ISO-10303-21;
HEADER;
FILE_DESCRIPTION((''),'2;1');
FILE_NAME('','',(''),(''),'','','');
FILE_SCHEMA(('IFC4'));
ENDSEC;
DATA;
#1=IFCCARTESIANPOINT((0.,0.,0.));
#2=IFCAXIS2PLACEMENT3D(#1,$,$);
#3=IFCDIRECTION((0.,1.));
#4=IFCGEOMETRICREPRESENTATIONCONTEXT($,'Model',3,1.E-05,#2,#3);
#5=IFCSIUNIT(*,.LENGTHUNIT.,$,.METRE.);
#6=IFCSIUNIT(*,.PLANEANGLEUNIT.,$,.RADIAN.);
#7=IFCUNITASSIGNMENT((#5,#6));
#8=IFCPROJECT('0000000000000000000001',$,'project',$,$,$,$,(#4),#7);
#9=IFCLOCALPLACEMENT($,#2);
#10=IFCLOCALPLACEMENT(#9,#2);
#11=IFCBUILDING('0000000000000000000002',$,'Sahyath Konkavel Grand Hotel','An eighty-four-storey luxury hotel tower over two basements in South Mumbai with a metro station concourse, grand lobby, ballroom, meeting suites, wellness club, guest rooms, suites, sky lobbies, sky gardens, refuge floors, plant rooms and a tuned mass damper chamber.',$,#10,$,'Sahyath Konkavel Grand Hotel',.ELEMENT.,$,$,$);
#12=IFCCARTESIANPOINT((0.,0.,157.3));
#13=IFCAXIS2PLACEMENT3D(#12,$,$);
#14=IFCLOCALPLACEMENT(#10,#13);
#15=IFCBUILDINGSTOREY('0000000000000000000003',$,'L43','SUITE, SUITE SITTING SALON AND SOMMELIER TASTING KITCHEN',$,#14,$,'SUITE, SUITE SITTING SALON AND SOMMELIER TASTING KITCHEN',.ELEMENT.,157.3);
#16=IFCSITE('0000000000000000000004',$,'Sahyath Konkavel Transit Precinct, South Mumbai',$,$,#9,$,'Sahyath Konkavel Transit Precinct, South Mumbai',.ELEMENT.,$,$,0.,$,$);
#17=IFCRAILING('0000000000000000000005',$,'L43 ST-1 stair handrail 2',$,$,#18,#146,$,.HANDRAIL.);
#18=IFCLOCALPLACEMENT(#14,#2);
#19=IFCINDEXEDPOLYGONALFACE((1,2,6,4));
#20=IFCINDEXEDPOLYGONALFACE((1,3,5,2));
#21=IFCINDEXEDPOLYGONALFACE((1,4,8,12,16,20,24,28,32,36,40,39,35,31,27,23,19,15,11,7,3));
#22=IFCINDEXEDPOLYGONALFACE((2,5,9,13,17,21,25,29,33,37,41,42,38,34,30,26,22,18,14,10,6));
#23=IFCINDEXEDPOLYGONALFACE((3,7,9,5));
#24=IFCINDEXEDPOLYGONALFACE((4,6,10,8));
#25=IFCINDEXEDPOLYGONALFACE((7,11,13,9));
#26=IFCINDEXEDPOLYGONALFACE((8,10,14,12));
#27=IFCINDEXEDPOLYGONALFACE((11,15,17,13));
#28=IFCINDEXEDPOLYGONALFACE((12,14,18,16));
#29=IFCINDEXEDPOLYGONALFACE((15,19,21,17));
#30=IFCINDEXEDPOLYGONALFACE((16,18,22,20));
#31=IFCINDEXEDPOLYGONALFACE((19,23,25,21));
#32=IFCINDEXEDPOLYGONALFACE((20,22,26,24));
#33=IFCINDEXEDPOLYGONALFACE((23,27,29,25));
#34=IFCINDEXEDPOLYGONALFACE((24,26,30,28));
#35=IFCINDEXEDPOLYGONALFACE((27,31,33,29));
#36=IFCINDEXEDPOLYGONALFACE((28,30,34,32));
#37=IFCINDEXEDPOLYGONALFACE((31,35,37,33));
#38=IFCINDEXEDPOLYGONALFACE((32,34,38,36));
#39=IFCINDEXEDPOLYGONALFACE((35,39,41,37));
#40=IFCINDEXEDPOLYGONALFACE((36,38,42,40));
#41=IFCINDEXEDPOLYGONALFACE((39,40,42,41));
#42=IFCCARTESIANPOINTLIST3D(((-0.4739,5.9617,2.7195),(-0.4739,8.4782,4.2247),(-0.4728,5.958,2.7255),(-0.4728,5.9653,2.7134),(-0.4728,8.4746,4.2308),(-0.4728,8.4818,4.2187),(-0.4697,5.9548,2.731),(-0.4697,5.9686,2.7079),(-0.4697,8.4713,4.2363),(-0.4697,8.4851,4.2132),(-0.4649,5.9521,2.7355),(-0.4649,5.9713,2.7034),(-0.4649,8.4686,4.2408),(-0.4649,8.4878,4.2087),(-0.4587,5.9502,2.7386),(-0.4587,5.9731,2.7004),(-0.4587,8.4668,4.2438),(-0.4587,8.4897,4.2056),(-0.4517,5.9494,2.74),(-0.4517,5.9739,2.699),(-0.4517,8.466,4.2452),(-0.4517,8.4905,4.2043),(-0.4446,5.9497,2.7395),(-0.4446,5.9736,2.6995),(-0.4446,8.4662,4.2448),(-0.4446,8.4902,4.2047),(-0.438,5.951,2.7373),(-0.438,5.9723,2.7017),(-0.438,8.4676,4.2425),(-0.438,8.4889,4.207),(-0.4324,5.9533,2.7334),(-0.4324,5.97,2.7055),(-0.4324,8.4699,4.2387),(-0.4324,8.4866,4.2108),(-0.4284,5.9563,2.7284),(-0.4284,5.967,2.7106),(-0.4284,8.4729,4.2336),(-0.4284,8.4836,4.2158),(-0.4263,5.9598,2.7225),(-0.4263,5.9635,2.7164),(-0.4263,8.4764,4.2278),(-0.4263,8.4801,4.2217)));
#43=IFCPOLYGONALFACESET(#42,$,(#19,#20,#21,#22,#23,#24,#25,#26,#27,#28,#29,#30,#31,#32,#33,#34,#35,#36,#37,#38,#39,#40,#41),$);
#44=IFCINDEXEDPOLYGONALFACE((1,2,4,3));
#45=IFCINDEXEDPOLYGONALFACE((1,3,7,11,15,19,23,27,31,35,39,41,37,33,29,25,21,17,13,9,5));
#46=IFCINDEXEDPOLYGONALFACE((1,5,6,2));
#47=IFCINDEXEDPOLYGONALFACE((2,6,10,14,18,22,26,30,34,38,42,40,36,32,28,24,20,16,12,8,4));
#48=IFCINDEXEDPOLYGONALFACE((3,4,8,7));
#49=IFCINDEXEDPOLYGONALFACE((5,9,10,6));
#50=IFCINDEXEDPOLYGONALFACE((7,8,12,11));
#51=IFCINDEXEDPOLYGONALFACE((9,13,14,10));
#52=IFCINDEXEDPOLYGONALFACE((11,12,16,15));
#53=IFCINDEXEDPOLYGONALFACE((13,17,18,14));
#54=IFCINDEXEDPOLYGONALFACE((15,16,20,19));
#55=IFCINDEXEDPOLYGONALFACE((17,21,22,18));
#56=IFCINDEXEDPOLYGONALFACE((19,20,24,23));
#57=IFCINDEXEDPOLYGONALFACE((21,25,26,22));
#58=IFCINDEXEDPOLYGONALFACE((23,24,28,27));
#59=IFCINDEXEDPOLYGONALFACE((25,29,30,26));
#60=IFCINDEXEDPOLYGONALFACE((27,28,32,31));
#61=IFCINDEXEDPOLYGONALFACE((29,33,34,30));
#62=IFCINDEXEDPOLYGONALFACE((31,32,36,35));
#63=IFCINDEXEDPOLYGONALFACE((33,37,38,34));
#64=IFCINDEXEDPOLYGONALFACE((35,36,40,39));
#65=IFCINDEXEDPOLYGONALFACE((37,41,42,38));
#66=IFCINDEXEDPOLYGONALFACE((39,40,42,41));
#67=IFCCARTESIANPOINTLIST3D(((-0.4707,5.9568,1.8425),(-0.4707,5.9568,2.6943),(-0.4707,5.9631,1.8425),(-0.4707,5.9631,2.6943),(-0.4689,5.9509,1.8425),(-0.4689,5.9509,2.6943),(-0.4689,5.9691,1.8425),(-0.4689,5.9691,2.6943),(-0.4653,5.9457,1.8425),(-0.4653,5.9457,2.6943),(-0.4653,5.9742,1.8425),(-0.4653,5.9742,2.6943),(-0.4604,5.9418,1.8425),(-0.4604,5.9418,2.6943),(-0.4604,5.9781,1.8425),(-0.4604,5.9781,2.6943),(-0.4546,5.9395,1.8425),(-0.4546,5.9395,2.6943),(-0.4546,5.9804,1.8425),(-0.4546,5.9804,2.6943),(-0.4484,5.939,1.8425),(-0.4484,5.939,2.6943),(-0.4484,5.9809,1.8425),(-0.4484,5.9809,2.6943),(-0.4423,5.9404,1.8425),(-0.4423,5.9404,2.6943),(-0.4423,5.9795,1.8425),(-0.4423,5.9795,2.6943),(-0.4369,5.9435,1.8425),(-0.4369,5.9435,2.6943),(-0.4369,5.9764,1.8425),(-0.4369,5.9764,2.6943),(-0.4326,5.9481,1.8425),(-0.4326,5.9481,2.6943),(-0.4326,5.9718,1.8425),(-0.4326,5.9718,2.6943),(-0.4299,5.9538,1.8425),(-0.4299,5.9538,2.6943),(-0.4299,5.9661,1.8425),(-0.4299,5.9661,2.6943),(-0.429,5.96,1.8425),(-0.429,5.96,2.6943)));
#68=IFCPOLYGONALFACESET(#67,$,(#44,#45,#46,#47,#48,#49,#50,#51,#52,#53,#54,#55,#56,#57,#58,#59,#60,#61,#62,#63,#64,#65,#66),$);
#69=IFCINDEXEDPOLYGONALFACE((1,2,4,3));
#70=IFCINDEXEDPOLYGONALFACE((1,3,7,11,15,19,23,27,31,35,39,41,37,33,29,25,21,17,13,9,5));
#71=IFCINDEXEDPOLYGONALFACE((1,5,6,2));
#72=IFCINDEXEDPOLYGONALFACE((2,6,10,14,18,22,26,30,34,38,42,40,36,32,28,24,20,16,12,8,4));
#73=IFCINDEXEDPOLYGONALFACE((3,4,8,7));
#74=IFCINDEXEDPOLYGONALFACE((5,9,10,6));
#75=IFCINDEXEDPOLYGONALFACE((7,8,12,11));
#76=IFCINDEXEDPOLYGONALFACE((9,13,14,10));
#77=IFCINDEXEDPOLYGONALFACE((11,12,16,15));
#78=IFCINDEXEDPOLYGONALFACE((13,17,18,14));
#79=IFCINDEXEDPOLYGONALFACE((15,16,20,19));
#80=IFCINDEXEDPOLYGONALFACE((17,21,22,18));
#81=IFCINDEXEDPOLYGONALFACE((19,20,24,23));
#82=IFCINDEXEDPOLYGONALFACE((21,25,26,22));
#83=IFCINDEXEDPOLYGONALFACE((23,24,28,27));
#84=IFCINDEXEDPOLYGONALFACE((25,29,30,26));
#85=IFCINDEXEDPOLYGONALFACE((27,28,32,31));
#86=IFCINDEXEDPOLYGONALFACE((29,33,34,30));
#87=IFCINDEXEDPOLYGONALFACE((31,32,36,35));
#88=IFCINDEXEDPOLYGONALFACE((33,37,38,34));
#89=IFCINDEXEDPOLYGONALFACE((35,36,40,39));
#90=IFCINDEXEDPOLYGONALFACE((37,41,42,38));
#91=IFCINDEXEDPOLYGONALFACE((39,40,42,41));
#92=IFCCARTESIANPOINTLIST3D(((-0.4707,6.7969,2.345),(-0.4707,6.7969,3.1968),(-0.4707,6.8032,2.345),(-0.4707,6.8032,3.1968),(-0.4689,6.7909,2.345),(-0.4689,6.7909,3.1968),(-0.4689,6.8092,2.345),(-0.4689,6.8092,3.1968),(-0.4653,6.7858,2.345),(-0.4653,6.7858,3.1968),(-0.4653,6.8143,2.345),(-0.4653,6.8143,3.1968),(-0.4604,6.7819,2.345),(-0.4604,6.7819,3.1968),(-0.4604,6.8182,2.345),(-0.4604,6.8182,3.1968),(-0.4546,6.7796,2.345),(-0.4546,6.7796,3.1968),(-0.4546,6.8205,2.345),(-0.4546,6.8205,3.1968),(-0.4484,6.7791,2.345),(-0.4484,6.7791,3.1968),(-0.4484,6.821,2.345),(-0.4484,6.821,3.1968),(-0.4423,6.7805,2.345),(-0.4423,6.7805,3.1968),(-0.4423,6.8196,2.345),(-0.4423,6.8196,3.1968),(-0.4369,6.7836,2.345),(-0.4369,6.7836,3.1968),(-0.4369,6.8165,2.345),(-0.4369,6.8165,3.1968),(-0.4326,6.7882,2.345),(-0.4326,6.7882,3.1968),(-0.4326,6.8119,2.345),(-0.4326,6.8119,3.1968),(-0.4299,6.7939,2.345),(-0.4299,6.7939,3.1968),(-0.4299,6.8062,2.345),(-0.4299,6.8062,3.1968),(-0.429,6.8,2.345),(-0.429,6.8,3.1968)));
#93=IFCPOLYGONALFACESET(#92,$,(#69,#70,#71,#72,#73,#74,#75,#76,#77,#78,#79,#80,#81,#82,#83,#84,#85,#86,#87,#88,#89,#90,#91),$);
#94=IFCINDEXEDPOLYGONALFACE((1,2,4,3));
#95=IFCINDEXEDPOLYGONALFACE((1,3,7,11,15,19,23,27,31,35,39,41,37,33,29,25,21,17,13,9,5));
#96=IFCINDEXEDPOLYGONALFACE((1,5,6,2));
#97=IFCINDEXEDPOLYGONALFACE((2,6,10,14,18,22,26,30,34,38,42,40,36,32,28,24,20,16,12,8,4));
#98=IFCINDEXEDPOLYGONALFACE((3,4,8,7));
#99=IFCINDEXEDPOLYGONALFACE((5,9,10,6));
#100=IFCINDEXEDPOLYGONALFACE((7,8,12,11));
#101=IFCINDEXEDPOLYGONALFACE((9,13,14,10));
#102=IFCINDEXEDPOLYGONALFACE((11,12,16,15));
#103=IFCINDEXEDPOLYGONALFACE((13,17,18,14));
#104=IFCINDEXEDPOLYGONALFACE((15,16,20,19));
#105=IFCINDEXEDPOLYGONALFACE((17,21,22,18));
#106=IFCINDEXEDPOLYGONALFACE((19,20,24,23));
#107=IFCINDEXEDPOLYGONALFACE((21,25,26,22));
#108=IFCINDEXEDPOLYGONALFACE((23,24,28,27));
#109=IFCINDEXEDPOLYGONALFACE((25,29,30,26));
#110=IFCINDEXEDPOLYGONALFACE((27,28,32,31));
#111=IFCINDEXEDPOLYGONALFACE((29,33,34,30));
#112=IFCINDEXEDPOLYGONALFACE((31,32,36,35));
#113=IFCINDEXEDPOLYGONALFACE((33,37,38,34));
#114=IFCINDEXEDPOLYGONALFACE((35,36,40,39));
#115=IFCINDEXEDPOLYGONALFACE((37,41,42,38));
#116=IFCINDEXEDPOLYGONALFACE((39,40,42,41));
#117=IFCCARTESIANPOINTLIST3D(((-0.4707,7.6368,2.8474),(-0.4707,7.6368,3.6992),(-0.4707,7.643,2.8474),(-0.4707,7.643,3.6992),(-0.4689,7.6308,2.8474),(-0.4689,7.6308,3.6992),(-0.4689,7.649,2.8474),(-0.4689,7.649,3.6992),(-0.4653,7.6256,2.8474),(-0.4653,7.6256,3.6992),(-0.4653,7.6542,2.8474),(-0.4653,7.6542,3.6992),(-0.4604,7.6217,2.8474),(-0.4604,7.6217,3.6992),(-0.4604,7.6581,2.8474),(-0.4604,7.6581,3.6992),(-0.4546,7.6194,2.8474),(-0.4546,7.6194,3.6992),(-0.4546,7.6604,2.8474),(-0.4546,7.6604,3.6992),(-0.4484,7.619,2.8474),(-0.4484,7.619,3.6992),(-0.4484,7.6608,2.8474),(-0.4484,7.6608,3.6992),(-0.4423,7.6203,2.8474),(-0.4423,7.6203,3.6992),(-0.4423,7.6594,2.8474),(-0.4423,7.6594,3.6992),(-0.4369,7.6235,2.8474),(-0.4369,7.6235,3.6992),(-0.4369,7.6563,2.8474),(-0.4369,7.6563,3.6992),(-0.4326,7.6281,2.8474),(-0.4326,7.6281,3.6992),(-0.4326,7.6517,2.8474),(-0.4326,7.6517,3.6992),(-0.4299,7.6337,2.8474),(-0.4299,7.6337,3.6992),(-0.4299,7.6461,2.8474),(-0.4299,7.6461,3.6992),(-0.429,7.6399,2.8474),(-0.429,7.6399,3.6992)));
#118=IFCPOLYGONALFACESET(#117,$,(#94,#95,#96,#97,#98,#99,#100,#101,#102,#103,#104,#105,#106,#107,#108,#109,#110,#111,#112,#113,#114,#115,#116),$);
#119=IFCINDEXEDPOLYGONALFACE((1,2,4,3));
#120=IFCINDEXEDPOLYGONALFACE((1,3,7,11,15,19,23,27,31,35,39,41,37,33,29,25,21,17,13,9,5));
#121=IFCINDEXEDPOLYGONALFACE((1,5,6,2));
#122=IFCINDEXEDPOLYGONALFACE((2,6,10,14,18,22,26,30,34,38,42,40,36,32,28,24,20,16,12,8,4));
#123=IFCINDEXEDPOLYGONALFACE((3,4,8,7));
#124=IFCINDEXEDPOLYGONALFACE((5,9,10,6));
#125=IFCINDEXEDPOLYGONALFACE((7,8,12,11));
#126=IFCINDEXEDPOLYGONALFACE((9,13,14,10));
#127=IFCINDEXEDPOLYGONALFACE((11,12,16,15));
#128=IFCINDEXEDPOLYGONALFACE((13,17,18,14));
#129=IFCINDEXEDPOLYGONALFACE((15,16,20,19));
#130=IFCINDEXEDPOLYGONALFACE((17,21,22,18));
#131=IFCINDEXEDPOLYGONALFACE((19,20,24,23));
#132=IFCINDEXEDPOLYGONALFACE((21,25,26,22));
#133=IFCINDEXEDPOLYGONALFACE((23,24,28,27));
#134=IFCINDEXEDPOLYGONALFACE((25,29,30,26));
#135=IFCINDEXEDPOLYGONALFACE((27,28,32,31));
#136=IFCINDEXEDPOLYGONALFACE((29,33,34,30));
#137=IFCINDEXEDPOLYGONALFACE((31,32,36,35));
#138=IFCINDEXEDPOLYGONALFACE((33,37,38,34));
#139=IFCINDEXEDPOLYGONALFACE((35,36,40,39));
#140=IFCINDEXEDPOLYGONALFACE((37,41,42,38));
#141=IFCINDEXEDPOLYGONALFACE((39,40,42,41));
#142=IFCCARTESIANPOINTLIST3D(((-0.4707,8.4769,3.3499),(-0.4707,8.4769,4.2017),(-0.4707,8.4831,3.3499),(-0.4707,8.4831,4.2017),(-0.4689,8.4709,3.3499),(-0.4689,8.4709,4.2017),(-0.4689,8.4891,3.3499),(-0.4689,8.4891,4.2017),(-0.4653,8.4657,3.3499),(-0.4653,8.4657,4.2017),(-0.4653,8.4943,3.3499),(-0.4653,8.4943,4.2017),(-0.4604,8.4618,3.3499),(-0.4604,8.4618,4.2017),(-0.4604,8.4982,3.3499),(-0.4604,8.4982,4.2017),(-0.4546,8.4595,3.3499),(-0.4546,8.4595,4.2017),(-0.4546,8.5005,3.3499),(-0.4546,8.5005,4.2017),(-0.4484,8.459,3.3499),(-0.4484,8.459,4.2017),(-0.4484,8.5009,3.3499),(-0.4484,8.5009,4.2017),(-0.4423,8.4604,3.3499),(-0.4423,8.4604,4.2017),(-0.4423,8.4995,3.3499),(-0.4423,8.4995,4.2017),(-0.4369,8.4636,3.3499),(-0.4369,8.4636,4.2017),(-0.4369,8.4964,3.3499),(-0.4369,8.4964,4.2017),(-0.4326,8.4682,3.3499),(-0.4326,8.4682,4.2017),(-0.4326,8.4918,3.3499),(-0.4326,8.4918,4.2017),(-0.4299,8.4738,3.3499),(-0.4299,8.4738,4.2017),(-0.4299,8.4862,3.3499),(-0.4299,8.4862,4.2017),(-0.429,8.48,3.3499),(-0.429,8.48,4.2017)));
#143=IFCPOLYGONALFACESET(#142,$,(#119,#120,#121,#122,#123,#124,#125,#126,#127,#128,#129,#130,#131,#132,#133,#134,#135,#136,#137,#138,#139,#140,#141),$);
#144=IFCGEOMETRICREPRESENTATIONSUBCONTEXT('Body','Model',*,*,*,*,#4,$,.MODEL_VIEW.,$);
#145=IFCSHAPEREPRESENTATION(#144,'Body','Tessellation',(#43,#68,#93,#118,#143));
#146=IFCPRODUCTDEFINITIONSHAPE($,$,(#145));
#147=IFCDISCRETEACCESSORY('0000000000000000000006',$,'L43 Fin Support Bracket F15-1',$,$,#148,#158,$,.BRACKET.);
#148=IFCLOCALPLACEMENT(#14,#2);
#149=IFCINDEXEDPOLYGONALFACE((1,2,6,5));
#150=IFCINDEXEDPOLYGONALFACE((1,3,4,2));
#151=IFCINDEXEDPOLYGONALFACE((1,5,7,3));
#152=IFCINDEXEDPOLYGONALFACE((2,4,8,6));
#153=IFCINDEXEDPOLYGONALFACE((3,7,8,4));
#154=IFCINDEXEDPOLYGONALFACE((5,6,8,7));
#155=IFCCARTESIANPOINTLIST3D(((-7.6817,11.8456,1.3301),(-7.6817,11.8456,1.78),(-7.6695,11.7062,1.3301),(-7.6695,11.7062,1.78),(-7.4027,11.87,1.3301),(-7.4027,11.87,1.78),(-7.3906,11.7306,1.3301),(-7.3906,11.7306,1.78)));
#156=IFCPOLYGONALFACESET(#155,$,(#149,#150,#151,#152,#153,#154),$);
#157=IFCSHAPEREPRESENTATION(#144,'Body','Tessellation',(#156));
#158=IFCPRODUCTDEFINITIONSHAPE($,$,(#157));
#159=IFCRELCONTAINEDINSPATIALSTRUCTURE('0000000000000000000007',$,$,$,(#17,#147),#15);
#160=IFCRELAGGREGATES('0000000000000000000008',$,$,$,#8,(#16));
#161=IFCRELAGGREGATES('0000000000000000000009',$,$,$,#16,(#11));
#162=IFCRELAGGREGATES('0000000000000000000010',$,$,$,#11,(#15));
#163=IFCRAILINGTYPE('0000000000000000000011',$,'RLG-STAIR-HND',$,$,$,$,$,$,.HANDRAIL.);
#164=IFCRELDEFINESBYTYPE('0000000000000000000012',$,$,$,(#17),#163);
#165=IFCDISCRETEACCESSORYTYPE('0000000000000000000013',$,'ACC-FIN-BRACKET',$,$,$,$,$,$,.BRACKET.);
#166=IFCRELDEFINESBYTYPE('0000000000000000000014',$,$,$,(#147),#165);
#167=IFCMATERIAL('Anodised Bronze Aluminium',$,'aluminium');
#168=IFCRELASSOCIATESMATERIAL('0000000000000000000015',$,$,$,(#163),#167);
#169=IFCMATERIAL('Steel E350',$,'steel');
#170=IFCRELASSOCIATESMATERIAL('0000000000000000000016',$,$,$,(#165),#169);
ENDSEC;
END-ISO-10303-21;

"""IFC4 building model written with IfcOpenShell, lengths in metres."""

from ifc_helpers import new_model, si_unit, direction, frame, origin, origin_2d, place, context, subcontext, project, spatial, rectangle, circle, extrude, source, transform, mapped, material, type_object, element, save


model = new_model("IFC4")

# Units and contexts
model_context = context("Model", 3, precision=1e-05, world=origin(), true_north=direction((0.0, 1.0)))
body_context = subcontext(model_context, "Body", "Model", "MODEL_VIEW")
ifc_project = project(units=[si_unit("LENGTHUNIT", "METRE"), si_unit("PLANEANGLEUNIT", "RADIAN")], contexts=[model_context])

# Site, building, storey
site_placement = place(None, origin())
site = spatial("IfcSite", under=ifc_project, at=site_placement, Name="Sahyath Konkavel Transit Precinct, South Mumbai", LongName="Sahyath Konkavel Transit Precinct, South Mumbai", CompositionType="ELEMENT", RefElevation=0.0)
building_placement = place(site_placement, origin())
building = spatial("IfcBuilding", under=site, at=building_placement, Name="Sahyath Konkavel Grand Hotel", Description="An eighty-four-storey luxury hotel tower over two basements in South Mumbai with a metro station concourse, grand lobby, ballroom, meeting suites, wellness club, guest rooms, suites, sky lobbies, sky gardens, refuge floors, plant rooms and a tuned mass damper chamber.", LongName="Sahyath Konkavel Grand Hotel", CompositionType="ELEMENT")
storey_placement = place(building_placement, frame((0.0, 0.0, 157.3)))
storey = spatial("IfcBuildingStorey", under=building, at=storey_placement, Name="L43", Description="SUITE, SUITE SITTING SALON AND SOMMELIER TASTING KITCHEN", LongName="SUITE, SUITE SITTING SALON AND SOMMELIER TASTING KITCHEN", CompositionType="ELEMENT", Elevation=157.3)

# Shared definitions
ifc_material_1 = material(Name="Steel E350", Category="steel")

# Shared definitions
ifc_material_2 = material(Name="Anodised Bronze Aluminium", Category="aluminium")

# Railing
railing_type_1 = type_object("IfcRailingType", Name="RLG-STAIR-HND", PredefinedType="HANDRAIL", material=ifc_material_2)
railing_1_placement = place(storey_placement, frame((-0.45, 5.96, 1.8425)))
element("IfcRailing", 1, at=railing_1_placement, inside=storey, type_object=railing_type_1, Name="L43 ST-1 stair handrail 2", PredefinedType="HANDRAIL", context=body_context, shape_type="SweptSolid", body=[
    extrude(circle(Radius=0.0239, at=origin_2d()), frame((0.0, 0.0017, 0.877), z_axis=(0.0, 0.858196, 0.513321), x_axis=(-1.0, 0.0, 0.0)), (0.0, 0.0, 1.0), 2.9324),
    extrude(circle(Radius=0.021, at=origin_2d()), origin(), (0.0, 0.0, 1.0), 0.8518),
    extrude(circle(Radius=0.021, at=origin_2d()), frame((0.0, 0.8401, 0.5024)), (0.0, 0.0, 1.0), 0.8518),
    extrude(circle(Radius=0.021, at=origin_2d()), frame((0.0, 1.6799, 1.0049)), (0.0, 0.0, 1.0), 0.8518),
    extrude(circle(Radius=0.021, at=origin_2d()), frame((0.0, 2.52, 1.5073)), (0.0, 0.0, 1.0), 0.8518),
])

# Discrete accessory
discrete_accessory_type = type_object("IfcDiscreteAccessoryType", Name="ACC-FIN-BRACKET", PredefinedType="BRACKET", material=ifc_material_1)
shared_shape_1 = source(origin(), body_context, "Body", "SweptSolid", [
    extrude(rectangle(XDim=0.28, YDim=0.1399, at=origin_2d()), origin(), (0.0, 0.0, 1.0), 0.45),
])
discrete_accessory_placement = place(storey_placement, frame((-7.5361, 11.7881, 1.3301), z_axis=(0.0, 0.0, 1.0), x_axis=(-0.996195, -0.087156, 0.0)))
element("IfcDiscreteAccessory", 2, at=discrete_accessory_placement, inside=storey, type_object=discrete_accessory_type, Name="L43 Fin Support Bracket F15-1", PredefinedType="BRACKET", context=body_context, shape_type="MappedRepresentation", body=[
    mapped(shared_shape_1, transform((0.0, 0.0, 0.0), scale=1.0)),
])

save(model, "model.ifc")
